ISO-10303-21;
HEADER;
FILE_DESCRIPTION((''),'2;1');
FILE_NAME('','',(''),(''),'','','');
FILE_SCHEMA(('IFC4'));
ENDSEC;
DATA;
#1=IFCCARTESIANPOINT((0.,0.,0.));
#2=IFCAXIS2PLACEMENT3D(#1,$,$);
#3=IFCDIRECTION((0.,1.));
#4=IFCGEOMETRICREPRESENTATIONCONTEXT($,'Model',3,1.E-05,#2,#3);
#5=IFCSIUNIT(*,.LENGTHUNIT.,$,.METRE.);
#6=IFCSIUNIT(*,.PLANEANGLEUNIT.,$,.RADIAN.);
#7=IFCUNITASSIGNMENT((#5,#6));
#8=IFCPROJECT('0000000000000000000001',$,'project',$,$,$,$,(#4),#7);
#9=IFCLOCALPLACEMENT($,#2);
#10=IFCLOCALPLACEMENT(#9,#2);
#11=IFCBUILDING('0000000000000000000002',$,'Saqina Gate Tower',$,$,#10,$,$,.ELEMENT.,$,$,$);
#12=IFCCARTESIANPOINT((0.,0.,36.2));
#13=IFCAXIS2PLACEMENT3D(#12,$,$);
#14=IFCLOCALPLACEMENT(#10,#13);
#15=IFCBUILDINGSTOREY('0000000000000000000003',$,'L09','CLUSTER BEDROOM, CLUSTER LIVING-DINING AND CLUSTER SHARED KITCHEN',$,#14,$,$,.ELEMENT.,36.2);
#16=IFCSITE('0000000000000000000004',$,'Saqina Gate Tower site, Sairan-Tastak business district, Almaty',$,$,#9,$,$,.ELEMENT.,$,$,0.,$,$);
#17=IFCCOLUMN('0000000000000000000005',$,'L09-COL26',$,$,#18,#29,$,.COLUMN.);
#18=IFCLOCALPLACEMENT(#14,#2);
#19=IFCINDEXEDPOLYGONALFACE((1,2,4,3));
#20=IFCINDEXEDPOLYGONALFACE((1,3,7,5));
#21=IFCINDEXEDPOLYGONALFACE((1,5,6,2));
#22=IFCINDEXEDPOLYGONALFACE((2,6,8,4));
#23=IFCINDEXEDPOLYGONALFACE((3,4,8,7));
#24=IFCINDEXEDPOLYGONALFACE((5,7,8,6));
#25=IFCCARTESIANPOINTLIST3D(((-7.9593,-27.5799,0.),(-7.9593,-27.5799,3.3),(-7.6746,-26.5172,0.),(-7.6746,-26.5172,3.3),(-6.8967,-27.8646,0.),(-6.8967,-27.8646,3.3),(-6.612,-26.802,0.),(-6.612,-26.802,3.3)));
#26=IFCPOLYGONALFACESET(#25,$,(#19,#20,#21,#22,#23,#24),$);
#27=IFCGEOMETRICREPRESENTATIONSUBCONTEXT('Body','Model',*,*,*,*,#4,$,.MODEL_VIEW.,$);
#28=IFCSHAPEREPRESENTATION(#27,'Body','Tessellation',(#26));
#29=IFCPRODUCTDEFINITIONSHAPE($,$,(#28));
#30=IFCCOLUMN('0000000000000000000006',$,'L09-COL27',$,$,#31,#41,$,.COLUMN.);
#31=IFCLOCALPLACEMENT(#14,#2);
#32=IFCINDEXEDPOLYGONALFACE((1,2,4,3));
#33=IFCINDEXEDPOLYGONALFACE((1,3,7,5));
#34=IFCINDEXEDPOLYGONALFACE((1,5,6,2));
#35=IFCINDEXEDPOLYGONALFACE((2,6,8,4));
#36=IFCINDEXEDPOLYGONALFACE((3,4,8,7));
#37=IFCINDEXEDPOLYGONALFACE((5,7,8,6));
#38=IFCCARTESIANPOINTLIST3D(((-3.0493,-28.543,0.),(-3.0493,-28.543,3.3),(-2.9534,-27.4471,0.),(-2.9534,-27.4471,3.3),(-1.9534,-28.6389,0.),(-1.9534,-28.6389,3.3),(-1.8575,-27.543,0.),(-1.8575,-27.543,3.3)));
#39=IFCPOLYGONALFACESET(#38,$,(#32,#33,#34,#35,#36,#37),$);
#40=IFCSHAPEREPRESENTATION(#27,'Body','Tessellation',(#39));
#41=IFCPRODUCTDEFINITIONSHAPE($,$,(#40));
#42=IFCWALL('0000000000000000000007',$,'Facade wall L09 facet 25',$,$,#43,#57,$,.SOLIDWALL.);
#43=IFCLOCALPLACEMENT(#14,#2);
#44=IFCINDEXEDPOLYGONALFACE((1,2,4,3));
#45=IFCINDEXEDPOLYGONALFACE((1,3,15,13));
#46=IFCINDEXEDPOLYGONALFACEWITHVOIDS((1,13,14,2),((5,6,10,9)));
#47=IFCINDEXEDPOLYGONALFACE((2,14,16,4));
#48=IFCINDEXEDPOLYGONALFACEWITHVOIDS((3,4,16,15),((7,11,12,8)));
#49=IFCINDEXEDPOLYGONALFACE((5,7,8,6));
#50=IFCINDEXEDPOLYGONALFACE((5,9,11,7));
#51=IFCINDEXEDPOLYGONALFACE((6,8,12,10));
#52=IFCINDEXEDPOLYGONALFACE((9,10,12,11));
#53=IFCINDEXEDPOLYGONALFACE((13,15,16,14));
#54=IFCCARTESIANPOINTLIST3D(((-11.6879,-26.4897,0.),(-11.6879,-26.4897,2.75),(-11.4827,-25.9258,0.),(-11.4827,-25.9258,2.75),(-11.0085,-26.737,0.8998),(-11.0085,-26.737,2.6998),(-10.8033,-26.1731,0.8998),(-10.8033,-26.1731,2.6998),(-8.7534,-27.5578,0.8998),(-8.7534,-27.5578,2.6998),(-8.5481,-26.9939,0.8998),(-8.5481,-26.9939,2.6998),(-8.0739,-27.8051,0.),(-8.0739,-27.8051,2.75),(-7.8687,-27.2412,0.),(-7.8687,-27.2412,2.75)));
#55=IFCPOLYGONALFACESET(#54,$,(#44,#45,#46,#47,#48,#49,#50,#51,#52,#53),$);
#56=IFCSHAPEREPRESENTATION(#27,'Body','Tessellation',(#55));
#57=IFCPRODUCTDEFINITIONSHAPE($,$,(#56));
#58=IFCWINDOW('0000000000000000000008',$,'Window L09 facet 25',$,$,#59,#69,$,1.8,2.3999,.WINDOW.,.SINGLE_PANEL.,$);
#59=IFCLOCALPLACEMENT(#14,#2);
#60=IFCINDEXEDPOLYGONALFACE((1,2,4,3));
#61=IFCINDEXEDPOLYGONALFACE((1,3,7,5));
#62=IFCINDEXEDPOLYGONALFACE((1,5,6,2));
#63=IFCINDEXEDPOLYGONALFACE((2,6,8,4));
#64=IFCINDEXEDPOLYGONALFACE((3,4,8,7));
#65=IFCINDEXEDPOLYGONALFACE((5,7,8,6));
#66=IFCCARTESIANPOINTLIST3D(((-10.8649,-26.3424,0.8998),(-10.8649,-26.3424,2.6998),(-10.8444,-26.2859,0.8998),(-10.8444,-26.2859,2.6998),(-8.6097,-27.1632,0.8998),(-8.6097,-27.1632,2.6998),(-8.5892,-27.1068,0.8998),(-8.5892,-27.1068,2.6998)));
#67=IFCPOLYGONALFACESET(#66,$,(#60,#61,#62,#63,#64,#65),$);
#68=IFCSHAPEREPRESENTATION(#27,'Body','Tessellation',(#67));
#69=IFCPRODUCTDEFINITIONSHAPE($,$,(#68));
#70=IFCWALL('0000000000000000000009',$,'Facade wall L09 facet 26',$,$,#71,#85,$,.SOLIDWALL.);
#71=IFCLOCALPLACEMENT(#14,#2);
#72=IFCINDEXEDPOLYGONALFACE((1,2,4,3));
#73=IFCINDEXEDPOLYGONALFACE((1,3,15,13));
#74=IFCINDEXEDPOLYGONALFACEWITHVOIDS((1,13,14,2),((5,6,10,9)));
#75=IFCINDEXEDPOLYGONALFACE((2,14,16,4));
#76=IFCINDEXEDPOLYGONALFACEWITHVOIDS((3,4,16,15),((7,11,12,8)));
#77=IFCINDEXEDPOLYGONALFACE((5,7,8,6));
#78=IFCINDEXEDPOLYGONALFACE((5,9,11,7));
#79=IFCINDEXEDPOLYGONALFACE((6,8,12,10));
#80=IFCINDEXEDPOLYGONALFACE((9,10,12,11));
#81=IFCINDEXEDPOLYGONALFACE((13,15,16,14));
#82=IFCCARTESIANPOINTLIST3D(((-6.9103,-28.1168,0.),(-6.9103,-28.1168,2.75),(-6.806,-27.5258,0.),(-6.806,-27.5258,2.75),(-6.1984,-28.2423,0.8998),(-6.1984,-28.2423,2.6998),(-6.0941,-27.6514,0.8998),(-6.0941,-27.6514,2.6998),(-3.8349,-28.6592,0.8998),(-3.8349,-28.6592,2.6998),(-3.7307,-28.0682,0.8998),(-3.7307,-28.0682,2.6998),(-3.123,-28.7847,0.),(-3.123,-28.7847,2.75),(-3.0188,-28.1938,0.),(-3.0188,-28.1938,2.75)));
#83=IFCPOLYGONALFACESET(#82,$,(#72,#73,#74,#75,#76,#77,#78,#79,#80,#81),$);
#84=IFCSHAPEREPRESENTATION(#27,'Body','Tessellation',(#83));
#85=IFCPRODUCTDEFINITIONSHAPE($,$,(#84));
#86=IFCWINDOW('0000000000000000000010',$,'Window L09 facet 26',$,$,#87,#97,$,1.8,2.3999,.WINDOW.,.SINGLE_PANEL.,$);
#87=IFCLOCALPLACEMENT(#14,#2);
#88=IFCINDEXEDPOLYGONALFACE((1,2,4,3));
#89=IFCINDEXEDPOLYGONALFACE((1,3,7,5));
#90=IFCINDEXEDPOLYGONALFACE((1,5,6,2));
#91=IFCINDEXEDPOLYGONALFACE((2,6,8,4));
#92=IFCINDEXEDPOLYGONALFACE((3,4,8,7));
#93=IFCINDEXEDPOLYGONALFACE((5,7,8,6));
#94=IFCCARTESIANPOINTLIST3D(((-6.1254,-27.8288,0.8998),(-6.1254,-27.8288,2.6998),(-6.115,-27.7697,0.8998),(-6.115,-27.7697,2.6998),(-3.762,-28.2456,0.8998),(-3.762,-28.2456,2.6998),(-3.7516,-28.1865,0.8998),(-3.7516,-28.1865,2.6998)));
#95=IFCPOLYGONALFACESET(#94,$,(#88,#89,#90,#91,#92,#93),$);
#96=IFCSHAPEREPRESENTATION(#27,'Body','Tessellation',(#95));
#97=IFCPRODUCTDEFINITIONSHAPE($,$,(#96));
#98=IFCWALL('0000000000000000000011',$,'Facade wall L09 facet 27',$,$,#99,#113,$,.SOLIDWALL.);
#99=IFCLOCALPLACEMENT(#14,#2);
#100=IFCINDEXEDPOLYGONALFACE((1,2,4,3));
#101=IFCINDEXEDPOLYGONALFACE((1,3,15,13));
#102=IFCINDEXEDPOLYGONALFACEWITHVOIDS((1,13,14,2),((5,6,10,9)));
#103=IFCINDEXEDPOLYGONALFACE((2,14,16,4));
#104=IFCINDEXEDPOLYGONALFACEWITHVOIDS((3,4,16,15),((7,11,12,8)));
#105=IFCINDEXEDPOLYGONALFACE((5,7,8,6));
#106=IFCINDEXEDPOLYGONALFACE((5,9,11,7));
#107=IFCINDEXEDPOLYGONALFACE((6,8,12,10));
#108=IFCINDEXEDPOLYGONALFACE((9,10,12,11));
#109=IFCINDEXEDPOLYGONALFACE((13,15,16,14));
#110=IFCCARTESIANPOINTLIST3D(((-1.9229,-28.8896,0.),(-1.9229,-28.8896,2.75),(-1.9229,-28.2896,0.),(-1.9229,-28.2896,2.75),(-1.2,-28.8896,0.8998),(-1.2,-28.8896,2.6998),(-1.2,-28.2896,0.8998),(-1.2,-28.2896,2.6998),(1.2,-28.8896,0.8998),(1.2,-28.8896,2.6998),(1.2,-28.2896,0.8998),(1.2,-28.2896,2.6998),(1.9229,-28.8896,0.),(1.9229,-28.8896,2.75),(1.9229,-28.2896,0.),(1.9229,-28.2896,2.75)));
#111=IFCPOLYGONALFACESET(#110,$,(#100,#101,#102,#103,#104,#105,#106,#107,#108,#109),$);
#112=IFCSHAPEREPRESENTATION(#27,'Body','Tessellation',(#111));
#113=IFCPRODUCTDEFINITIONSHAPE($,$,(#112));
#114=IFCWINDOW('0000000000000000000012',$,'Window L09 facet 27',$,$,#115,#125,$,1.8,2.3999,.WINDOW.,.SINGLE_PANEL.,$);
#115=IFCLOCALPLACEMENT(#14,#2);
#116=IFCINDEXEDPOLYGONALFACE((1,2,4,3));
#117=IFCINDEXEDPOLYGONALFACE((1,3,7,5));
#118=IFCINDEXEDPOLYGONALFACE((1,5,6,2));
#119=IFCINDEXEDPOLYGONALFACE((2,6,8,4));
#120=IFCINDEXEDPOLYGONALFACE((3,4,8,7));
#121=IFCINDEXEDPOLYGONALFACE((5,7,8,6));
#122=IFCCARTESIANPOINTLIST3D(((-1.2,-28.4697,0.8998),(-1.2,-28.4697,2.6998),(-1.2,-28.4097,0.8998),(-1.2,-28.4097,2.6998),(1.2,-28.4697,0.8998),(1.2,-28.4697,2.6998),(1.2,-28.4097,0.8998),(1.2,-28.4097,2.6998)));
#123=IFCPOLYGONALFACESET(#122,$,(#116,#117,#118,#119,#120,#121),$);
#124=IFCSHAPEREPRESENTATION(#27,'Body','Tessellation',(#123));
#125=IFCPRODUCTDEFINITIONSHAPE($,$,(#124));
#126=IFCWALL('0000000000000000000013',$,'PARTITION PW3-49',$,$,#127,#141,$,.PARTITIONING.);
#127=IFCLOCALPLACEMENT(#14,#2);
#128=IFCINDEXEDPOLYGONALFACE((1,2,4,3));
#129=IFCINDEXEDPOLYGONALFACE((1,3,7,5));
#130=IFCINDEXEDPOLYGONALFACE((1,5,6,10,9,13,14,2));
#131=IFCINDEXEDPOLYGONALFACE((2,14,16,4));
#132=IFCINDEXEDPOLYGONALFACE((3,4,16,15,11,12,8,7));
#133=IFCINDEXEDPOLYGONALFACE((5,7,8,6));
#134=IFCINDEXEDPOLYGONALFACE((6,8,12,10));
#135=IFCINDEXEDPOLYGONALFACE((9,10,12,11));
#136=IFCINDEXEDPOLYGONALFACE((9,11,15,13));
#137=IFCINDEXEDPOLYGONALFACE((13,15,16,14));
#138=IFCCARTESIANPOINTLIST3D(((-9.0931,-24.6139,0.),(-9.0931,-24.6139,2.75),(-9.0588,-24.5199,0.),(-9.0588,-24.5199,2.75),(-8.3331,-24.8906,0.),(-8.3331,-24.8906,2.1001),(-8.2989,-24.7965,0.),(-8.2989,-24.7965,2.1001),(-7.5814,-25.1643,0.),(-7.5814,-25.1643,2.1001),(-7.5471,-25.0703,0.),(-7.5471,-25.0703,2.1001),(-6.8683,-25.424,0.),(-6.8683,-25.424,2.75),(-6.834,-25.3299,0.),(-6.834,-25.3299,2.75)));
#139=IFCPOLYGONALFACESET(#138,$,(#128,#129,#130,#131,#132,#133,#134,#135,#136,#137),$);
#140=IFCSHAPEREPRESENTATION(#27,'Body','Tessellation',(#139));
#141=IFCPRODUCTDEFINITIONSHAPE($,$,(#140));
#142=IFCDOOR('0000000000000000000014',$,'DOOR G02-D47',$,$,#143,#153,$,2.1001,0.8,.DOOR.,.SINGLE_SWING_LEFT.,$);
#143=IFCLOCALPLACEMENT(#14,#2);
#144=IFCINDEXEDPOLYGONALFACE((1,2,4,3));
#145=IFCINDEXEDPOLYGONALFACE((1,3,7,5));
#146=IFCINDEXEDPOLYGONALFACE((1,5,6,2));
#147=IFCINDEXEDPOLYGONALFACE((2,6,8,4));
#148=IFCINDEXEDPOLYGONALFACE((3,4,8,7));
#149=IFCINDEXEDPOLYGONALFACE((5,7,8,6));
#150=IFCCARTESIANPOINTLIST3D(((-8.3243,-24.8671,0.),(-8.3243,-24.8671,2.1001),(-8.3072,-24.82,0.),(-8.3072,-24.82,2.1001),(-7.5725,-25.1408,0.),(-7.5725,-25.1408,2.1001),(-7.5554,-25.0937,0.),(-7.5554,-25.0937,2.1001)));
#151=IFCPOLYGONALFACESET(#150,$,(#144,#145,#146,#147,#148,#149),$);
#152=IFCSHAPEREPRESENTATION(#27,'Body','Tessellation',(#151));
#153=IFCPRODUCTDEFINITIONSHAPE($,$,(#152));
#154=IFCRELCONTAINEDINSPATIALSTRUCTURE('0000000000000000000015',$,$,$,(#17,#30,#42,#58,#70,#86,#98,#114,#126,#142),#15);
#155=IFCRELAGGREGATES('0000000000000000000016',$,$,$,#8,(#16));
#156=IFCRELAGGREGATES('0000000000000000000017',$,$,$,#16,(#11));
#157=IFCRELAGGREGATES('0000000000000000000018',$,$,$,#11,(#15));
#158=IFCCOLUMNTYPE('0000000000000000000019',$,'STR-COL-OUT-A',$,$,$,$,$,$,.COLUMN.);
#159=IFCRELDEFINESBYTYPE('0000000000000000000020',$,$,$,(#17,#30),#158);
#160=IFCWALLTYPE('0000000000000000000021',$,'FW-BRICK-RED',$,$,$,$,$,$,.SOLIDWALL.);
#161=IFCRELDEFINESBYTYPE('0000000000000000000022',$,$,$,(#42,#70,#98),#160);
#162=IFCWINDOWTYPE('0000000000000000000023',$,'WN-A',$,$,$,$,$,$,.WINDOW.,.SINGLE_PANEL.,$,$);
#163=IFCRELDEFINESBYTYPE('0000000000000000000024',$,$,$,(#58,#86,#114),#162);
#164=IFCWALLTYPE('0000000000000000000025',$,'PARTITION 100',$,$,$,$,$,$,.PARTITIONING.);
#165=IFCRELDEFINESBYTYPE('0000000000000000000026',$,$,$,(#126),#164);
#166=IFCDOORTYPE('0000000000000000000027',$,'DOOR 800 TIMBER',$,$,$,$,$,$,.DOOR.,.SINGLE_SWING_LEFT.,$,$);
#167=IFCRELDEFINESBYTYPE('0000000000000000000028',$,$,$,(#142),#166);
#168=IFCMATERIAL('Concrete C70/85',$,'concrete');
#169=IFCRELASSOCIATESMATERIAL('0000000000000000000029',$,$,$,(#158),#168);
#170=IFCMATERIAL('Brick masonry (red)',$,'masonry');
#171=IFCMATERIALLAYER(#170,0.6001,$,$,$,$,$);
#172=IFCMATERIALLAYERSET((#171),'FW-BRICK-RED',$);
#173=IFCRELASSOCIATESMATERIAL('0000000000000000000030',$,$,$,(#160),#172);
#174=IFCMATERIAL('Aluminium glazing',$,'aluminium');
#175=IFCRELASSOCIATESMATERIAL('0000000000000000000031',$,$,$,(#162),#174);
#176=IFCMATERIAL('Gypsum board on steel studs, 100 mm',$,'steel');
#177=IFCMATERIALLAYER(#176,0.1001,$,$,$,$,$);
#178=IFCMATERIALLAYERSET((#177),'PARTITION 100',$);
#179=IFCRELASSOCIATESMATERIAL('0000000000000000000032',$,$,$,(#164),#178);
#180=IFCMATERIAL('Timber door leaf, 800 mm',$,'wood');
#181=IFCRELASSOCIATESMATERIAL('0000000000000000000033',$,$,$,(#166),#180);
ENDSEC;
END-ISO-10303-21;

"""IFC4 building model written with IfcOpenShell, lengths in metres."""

from ifc_helpers import new_model, si_unit, direction, frame, frame_2d, origin, origin_2d, place, context, subcontext, project, spatial, rectangle, extrude, material, layer, layer_set, material_profile, profile_set, type_object, element, fill, save


model = new_model("IFC4")

# Units and contexts
model_context = context("Model", 3, precision=1e-05, world=origin(), true_north=direction((0.0, 1.0)))
body_context = subcontext(model_context, "Body", "Model", "MODEL_VIEW")
ifc_project = project(units=[si_unit("LENGTHUNIT", "METRE"), si_unit("PLANEANGLEUNIT", "RADIAN")], contexts=[model_context])

# Site, building, storey
site_placement = place(None, origin())
site = spatial("IfcSite", under=ifc_project, at=site_placement, Name="Saqina Gate Tower site, Sairan-Tastak business district, Almaty", CompositionType="ELEMENT", RefElevation=0.0)
building_placement = place(site_placement, origin())
building = spatial("IfcBuilding", under=site, at=building_placement, Name="Saqina Gate Tower", CompositionType="ELEMENT")
storey_placement = place(building_placement, frame((0.0, 0.0, 36.2)))
storey = spatial("IfcBuildingStorey", under=building, at=storey_placement, Name="L09", Description="CLUSTER BEDROOM, CLUSTER LIVING-DINING AND CLUSTER SHARED KITCHEN", CompositionType="ELEMENT", Elevation=36.2)

# Columns
ifc_material_1 = material(Name="Concrete C70/85", Category="concrete")
ifc_material_profile = material_profile(ifc_material_1, rectangle(XDim=1.1001, YDim=1.1001, at=origin_2d()), Name="RC 1100x1100")
ifc_profile_set = profile_set([ifc_material_profile], Name="Concrete C70/85")
column_type = type_object("IfcColumnType", Name="STR-COL-OUT-A", PredefinedType="COLUMN", material=ifc_profile_set)
for number, where, z_axis, x_axis, name in (
    (1, (-7.2856, -27.1909, 0.0), (0.0, 0.0, 1.0), (-0.258819, -0.965926, 0.0), "L09-COL26"),
    (2, (-2.4534, -28.043, 0.0), (0.0, 0.0, 1.0), (-0.087156, -0.996195, 0.0), "L09-COL27"),
):
    element("IfcColumn", number, at=place(storey_placement, frame(where, z_axis=z_axis, x_axis=x_axis)), inside=storey, type_object=column_type, Name=name, PredefinedType="COLUMN", context=body_context, shape_type="SweptSolid", body=[
        extrude(rectangle(XDim=1.1001, YDim=1.1001, at=origin_2d()), origin(), (0.0, 0.0, 1.0), 3.3),
    ])

# Walls, openings, windows
ifc_material_2 = material(Name="Brick masonry (red)", Category="masonry")
ifc_layer_1 = layer(ifc_material_2, 0.6001)
ifc_layer_set_1 = layer_set([ifc_layer_1], Name="FW-BRICK-RED")
wall_type_1 = type_object("IfcWallType", Name="FW-BRICK-RED", PredefinedType="SOLIDWALL", material=ifc_layer_set_1)
wall_1_placement = place(storey_placement, frame((-11.5852, -26.2078, 0.0), z_axis=(0.0, 0.0, 1.0), x_axis=(0.93969, -0.342028, 0.0)))
wall_1 = element("IfcWall", 3, at=wall_1_placement, inside=storey, type_object=wall_type_1, Name="Facade wall L09 facet 25", PredefinedType="SOLIDWALL", context=body_context, shape_type="SweptSolid", body=[
    extrude(rectangle(XDim=3.8459, YDim=0.6001, at=frame_2d((1.9229, 0.0))), origin(), (0.0, 0.0, 1.0), 2.75),
])
opening_1_placement = place(wall_1_placement, frame((0.7229, 0.0, 0.8999)))
opening_1 = element("IfcOpeningElement", 4, at=opening_1_placement, cuts=wall_1, PredefinedType="OPENING", context=body_context, shape_type="SweptSolid", body=[
    extrude(rectangle(XDim=2.3999, YDim=1.8, at=frame_2d((1.2, 0.8999))), frame((0.0, 0.312, 0.0), z_axis=(0.0, -1.0, 0.0), x_axis=(1.0, 0.0, 0.0)), (0.0, 0.0, 1.0), 0.624),
])
ifc_material_3 = material(Name="Aluminium glazing", Category="aluminium")
window_type = type_object("IfcWindowType", Name="WN-A", PartitioningType="SINGLE_PANEL", PredefinedType="WINDOW", material=ifc_material_3)
window_1_placement = place(opening_1_placement, origin())
window_1 = element("IfcWindow", 5, at=window_1_placement, inside=storey, type_object=window_type, Name="Window L09 facet 25", OverallHeight=1.8, OverallWidth=2.3999, PartitioningType="SINGLE_PANEL", PredefinedType="WINDOW", context=body_context, shape_type="SweptSolid", body=[
    extrude(rectangle(XDim=2.3999, YDim=1.8, at=frame_2d((1.2, 0.8999))), frame((0.0, 0.1799, 0.0), z_axis=(0.0, -1.0, 0.0), x_axis=(1.0, 0.0, 0.0)), (0.0, 0.0, 1.0), 0.0601),
])
fill(opening_1, window_1)
wall_2_placement = place(storey_placement, frame((-6.8582, -27.8213, 0.0), z_axis=(0.0, 0.0, 1.0), x_axis=(0.984801, -0.173688, 0.0)))
wall_2 = element("IfcWall", 6, at=wall_2_placement, inside=storey, type_object=wall_type_1, Name="Facade wall L09 facet 26", PredefinedType="SOLIDWALL", context=body_context, shape_type="SweptSolid", body=[
    extrude(rectangle(XDim=3.8457, YDim=0.6001, at=frame_2d((1.9229, 0.0))), origin(), (0.0, 0.0, 1.0), 2.75),
])
opening_2_placement = place(wall_2_placement, frame((0.7229, 0.0, 0.8999)))
opening_2 = element("IfcOpeningElement", 7, at=opening_2_placement, cuts=wall_2, PredefinedType="OPENING", context=body_context, shape_type="SweptSolid", body=[
    extrude(rectangle(XDim=2.3999, YDim=1.8, at=frame_2d((1.2, 0.8999))), frame((0.0, 0.312, 0.0), z_axis=(0.0, -1.0, 0.0), x_axis=(1.0, 0.0, 0.0)), (0.0, 0.0, 1.0), 0.624),
])
window_2_placement = place(opening_2_placement, origin())
window_2 = element("IfcWindow", 8, at=window_2_placement, inside=storey, type_object=window_type, Name="Window L09 facet 26", OverallHeight=1.8, OverallWidth=2.3999, PartitioningType="SINGLE_PANEL", PredefinedType="WINDOW", context=body_context, shape_type="SweptSolid", body=[
    extrude(rectangle(XDim=2.3999, YDim=1.8, at=frame_2d((1.2, 0.8999))), frame((0.0, 0.1799, 0.0), z_axis=(0.0, -1.0, 0.0), x_axis=(1.0, 0.0, 0.0)), (0.0, 0.0, 1.0), 0.0601),
])
fill(opening_2, window_2)
wall_3_placement = place(storey_placement, frame((-1.9229, -28.5896, 0.0), z_axis=(0.0, 0.0, 1.0), x_axis=(1.0, 0.0, 0.0)))
wall_3 = element("IfcWall", 9, at=wall_3_placement, inside=storey, type_object=wall_type_1, Name="Facade wall L09 facet 27", PredefinedType="SOLIDWALL", context=body_context, shape_type="SweptSolid", body=[
    extrude(rectangle(XDim=3.8457, YDim=0.6001, at=frame_2d((1.9229, 0.0))), origin(), (0.0, 0.0, 1.0), 2.75),
])
opening_3_placement = place(wall_3_placement, frame((0.7229, 0.0, 0.8999)))
opening_3 = element("IfcOpeningElement", 10, at=opening_3_placement, cuts=wall_3, PredefinedType="OPENING", context=body_context, shape_type="SweptSolid", body=[
    extrude(rectangle(XDim=2.3999, YDim=1.8, at=frame_2d((1.2, 0.8999))), frame((0.0, 0.312, 0.0), z_axis=(0.0, -1.0, 0.0), x_axis=(1.0, 0.0, 0.0)), (0.0, 0.0, 1.0), 0.624),
])
window_3_placement = place(opening_3_placement, origin())
window_3 = element("IfcWindow", 11, at=window_3_placement, inside=storey, type_object=window_type, Name="Window L09 facet 27", OverallHeight=1.8, OverallWidth=2.3999, PartitioningType="SINGLE_PANEL", PredefinedType="WINDOW", context=body_context, shape_type="SweptSolid", body=[
    extrude(rectangle(XDim=2.3999, YDim=1.8, at=frame_2d((1.2, 0.8999))), frame((0.0, 0.1799, 0.0), z_axis=(0.0, -1.0, 0.0), x_axis=(1.0, 0.0, 0.0)), (0.0, 0.0, 1.0), 0.0601),
])
fill(opening_3, window_3)

# Wall, opening, door
ifc_material_4 = material(Name="Gypsum board on steel studs, 100 mm", Category="steel")
ifc_layer_2 = layer(ifc_material_4, 0.1001)
ifc_layer_set_2 = layer_set([ifc_layer_2], Name="PARTITION 100")
wall_type_2 = type_object("IfcWallType", Name="PARTITION 100", PredefinedType="PARTITIONING", material=ifc_layer_set_2)
wall_4_placement = place(storey_placement, frame((-9.0759, -24.5669, 0.0), z_axis=(0.0, 0.0, 1.0), x_axis=(0.939655, -0.342124, 0.0)))
wall_4 = element("IfcWall", 12, at=wall_4_placement, inside=storey, type_object=wall_type_2, Name="PARTITION PW3-49", PredefinedType="PARTITIONING", context=body_context, shape_type="SweptSolid", body=[
    extrude(rectangle(XDim=2.3677, YDim=0.1001, at=frame_2d((1.1838, 0.0))), origin(), (0.0, 0.0, 1.0), 2.75),
])
opening_4_placement = place(wall_4_placement, frame((0.8088, 0.0, 0.0)))
opening_4 = element("IfcOpeningElement", 13, at=opening_4_placement, cuts=wall_4, PredefinedType="OPENING", context=body_context, shape_type="SweptSolid", body=[
    extrude(rectangle(XDim=0.8, YDim=2.1001, at=frame_2d((0.3999, 1.05))), frame((0.0, 0.062, 0.0), z_axis=(0.0, -1.0, 0.0), x_axis=(1.0, 0.0, 0.0)), (0.0, 0.0, 1.0), 0.124),
])
ifc_material_5 = material(Name="Timber door leaf, 800 mm", Category="wood")
door_type_1 = type_object("IfcDoorType", Name="DOOR 800 TIMBER", OperationType="SINGLE_SWING_LEFT", PredefinedType="DOOR", material=ifc_material_5)
door_1_placement = place(opening_4_placement, frame((0.8, 0.0, 0.0), z_axis=(0.0, 0.0, 1.0), x_axis=(-1.0, 0.0, 0.0)))
door_1 = element("IfcDoor", 14, at=door_1_placement, inside=storey, type_object=door_type_1, Name="DOOR G02-D47", OperationType="SINGLE_SWING_LEFT", OverallHeight=2.1001, OverallWidth=0.8, PredefinedType="DOOR", context=body_context, shape_type="SweptSolid", body=[
    extrude(rectangle(XDim=0.8, YDim=2.1001, at=frame_2d((0.3999, 1.05))), frame((0.0, 0.0249, 0.0), z_axis=(0.0, -1.0, 0.0), x_axis=(1.0, 0.0, 0.0)), (0.0, 0.0, 1.0), 0.05),
])
fill(opening_4, door_1)

save(model, "model.ifc")
